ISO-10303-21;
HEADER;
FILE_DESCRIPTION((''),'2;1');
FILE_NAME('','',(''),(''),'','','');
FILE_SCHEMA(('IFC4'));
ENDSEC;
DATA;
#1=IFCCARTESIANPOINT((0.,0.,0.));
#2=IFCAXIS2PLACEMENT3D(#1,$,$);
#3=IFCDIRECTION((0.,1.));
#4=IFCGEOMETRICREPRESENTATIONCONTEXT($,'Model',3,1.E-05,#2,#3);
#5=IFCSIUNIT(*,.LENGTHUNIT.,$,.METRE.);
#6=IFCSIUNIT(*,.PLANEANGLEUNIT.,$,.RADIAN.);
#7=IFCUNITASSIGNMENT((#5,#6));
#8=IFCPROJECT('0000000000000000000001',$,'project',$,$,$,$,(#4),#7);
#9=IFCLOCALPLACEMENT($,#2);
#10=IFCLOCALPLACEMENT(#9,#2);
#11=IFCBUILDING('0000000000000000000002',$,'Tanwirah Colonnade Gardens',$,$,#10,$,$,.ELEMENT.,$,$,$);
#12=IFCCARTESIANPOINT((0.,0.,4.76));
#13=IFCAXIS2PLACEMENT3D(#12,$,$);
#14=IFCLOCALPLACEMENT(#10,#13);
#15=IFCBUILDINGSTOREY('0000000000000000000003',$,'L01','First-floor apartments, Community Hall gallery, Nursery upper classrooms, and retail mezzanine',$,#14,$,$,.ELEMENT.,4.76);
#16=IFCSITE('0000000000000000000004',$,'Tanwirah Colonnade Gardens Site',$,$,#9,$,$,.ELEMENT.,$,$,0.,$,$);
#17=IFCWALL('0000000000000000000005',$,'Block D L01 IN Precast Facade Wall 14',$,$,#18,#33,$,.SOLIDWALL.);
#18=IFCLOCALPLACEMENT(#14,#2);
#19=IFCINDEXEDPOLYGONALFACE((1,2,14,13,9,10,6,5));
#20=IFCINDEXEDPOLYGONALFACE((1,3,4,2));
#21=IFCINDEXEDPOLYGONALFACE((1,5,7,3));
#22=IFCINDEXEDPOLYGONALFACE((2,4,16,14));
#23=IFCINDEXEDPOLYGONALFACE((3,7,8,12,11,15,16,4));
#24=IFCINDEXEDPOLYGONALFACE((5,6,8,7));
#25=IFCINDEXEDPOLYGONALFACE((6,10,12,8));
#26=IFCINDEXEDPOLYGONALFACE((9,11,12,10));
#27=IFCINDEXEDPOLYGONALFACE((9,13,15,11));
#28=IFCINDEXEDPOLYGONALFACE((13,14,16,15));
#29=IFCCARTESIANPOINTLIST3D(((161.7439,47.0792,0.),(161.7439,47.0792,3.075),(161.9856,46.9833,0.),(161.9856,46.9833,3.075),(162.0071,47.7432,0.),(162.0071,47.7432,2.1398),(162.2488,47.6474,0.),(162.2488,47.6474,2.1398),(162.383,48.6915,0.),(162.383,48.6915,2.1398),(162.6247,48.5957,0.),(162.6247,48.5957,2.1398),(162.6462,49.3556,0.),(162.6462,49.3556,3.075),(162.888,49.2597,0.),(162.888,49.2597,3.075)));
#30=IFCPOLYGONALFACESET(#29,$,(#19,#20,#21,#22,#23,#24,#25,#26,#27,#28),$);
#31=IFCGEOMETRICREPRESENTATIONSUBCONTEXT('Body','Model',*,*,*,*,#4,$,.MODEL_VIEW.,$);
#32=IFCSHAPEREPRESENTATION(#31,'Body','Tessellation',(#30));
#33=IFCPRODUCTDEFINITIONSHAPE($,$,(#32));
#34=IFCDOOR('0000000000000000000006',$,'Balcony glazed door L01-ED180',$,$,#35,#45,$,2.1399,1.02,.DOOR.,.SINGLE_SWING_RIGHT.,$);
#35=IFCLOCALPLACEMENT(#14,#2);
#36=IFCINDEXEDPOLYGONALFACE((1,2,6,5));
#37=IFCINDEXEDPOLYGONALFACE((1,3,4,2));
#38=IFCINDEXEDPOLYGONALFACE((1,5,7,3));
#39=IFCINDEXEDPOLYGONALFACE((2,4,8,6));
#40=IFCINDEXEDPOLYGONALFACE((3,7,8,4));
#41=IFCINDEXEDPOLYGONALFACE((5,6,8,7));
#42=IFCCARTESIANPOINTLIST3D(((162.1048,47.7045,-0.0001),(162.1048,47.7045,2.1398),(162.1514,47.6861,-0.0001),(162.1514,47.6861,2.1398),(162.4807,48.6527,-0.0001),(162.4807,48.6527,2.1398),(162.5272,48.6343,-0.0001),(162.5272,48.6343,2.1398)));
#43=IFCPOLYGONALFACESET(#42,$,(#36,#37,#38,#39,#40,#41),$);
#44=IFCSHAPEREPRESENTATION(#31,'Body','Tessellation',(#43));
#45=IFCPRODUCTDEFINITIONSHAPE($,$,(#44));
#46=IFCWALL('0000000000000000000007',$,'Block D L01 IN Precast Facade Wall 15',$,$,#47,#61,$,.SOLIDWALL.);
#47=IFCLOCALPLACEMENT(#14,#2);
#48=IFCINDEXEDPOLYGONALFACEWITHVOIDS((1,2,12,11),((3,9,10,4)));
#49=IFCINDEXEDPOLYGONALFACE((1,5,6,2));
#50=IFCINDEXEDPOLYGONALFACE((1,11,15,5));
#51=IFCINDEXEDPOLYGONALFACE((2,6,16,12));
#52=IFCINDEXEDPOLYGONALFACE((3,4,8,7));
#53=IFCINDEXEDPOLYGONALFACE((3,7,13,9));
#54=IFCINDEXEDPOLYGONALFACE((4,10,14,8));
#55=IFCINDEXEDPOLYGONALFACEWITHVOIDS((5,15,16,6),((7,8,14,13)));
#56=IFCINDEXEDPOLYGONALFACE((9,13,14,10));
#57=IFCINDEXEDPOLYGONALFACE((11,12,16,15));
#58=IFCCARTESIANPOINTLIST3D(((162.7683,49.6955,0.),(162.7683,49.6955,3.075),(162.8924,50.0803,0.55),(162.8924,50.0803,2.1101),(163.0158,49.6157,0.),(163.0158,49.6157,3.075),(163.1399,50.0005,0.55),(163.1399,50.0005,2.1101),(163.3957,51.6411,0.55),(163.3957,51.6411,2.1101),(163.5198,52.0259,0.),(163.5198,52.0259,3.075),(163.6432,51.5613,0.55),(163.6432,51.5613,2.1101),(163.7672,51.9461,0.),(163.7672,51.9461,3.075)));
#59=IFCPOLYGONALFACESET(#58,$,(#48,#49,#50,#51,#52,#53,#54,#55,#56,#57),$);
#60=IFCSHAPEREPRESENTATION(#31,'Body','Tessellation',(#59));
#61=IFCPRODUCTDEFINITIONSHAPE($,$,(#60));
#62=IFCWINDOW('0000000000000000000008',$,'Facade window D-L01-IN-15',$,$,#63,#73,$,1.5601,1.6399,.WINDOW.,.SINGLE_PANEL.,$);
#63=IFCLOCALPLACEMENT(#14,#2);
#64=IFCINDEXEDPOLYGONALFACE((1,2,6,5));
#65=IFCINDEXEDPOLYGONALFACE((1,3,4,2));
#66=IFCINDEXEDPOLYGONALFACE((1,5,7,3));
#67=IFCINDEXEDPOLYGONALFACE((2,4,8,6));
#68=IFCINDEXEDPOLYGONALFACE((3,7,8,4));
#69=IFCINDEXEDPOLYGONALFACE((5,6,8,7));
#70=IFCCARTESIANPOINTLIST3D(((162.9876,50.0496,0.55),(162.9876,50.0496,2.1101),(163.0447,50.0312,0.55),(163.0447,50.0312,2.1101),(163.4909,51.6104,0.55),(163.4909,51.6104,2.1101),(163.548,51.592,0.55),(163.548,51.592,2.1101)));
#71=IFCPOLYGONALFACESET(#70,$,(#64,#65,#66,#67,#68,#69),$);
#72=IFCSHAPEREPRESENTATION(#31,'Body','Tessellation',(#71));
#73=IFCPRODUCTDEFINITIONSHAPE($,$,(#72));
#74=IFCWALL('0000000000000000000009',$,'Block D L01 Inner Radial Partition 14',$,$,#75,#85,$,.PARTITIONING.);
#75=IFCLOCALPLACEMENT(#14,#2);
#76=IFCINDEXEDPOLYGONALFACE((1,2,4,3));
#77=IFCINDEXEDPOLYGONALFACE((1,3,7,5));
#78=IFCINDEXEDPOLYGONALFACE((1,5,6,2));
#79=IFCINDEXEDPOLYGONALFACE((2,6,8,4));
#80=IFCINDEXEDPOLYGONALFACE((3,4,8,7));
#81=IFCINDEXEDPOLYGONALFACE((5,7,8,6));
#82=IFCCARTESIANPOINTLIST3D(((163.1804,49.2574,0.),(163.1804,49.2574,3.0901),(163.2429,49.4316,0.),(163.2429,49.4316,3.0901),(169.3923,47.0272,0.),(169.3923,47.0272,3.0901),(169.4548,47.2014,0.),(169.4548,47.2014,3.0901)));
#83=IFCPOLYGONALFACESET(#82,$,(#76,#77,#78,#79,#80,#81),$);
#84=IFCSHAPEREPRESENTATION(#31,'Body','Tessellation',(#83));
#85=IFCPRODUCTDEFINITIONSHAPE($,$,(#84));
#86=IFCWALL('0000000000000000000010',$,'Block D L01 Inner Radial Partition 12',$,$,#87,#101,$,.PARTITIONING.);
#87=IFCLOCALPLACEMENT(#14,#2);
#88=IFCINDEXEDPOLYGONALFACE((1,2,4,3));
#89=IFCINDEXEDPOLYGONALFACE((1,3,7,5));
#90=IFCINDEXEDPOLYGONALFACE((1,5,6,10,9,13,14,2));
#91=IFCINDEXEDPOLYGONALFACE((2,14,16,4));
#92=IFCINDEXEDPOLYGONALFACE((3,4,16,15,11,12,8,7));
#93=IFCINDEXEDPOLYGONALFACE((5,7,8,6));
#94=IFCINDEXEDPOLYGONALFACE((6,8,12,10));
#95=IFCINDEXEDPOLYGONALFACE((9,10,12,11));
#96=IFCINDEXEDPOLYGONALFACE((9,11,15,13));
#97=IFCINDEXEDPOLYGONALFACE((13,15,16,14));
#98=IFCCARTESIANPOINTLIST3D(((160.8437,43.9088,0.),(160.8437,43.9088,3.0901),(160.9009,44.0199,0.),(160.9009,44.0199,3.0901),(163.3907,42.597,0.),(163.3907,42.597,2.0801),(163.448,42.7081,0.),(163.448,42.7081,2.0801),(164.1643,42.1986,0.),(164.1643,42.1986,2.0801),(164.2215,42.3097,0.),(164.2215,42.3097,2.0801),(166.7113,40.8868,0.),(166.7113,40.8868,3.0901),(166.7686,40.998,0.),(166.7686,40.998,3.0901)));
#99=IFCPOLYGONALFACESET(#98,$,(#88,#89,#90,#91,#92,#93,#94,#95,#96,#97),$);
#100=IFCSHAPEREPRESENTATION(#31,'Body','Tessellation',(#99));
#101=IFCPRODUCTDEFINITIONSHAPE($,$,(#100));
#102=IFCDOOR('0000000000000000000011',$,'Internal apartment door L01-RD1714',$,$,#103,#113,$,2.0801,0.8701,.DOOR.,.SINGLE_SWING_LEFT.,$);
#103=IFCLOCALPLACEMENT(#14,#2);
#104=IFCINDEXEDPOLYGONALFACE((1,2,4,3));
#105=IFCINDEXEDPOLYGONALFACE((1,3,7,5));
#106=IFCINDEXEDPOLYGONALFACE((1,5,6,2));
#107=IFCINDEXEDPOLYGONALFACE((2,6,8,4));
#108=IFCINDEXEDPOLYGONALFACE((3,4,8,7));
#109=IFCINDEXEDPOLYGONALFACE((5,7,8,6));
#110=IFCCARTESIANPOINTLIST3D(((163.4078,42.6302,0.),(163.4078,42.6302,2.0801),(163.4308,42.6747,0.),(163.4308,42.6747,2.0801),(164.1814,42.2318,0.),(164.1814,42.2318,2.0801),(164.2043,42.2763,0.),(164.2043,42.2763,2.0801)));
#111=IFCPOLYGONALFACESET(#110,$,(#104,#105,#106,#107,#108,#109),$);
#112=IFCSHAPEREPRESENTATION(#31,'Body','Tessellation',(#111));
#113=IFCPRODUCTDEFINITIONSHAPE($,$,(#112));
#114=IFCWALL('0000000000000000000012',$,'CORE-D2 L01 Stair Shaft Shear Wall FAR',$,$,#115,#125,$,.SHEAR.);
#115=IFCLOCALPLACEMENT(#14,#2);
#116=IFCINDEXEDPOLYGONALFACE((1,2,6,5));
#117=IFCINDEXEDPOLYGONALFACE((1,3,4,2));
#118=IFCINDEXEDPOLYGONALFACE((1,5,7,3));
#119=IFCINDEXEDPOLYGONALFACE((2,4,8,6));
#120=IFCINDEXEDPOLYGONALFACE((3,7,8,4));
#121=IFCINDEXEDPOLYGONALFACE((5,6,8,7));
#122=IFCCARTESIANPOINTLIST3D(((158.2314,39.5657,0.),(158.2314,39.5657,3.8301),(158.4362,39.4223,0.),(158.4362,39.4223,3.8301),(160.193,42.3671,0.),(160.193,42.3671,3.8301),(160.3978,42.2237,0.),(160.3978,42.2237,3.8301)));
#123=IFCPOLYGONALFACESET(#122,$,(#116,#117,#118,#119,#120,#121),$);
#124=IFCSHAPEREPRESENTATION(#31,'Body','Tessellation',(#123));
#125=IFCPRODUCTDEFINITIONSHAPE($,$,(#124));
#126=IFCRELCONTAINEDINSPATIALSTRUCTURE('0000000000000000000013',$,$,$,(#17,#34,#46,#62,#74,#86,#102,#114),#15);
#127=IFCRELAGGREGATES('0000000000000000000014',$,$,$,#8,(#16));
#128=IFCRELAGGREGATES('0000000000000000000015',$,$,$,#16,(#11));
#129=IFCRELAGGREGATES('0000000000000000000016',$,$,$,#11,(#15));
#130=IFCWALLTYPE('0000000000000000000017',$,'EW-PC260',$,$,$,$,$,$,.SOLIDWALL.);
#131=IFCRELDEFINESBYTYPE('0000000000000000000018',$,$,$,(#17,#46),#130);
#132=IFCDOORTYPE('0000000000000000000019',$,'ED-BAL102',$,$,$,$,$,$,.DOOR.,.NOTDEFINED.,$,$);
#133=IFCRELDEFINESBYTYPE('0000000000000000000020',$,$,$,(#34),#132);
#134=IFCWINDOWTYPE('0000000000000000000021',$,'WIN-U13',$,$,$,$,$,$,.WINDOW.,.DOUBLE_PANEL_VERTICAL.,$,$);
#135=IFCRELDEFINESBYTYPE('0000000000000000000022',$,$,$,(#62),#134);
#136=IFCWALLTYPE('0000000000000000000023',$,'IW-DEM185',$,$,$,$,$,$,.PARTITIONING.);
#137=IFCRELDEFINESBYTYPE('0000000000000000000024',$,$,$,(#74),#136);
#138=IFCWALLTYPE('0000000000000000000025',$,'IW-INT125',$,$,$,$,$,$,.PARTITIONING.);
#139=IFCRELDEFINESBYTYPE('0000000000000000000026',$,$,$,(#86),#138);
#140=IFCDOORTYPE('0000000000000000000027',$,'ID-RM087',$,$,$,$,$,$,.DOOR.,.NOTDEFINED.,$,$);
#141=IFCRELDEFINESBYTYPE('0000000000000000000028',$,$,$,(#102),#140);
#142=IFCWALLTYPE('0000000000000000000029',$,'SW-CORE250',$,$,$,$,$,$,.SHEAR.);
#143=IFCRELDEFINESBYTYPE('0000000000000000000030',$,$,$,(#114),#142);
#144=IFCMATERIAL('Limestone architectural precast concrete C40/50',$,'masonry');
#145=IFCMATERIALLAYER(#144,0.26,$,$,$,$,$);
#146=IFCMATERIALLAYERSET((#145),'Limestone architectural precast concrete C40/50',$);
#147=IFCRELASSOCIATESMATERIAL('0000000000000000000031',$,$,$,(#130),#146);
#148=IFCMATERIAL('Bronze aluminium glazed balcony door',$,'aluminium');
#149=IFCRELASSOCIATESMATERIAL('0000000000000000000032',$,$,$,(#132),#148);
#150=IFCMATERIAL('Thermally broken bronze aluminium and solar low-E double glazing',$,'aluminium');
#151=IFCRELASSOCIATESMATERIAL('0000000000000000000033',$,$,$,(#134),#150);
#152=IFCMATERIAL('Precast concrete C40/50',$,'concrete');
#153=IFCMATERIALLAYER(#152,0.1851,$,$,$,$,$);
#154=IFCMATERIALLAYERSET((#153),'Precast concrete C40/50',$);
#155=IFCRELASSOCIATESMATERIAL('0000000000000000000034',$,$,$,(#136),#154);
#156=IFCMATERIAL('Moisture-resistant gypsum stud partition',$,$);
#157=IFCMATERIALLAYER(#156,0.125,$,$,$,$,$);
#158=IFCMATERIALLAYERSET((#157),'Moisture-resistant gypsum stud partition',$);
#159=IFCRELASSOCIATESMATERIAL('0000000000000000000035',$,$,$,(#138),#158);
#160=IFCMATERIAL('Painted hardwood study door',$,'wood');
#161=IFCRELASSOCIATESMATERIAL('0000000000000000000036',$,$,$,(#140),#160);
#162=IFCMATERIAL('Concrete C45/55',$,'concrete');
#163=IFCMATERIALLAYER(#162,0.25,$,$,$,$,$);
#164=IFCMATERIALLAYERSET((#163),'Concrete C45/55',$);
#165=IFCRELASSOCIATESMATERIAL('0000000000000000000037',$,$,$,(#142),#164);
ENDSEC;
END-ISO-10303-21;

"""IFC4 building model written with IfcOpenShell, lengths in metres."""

from ifc_helpers import new_model, si_unit, direction, frame, frame_2d, origin, place, context, subcontext, project, spatial, rectangle, extrude, material, layer, layer_set, type_object, element, fill, save


model = new_model("IFC4")

# Units and contexts
model_context = context("Model", 3, precision=1e-05, world=origin(), true_north=direction((0.0, 1.0)))
body_context = subcontext(model_context, "Body", "Model", "MODEL_VIEW")
ifc_project = project(units=[si_unit("LENGTHUNIT", "METRE"), si_unit("PLANEANGLEUNIT", "RADIAN")], contexts=[model_context])

# Site, building, storey
site_placement = place(None, origin())
site = spatial("IfcSite", under=ifc_project, at=site_placement, Name="Tanwirah Colonnade Gardens Site", CompositionType="ELEMENT", RefElevation=0.0)
building_placement = place(site_placement, origin())
building = spatial("IfcBuilding", under=site, at=building_placement, Name="Tanwirah Colonnade Gardens", CompositionType="ELEMENT")
storey_placement = place(building_placement, frame((0.0, 0.0, 4.76)))
storey = spatial("IfcBuildingStorey", under=building, at=storey_placement, Name="L01", Description="First-floor apartments, Community Hall gallery, Nursery upper classrooms, and retail mezzanine", CompositionType="ELEMENT", Elevation=4.76)

# Shared definitions
ifc_material_1 = material(Name="Precast concrete C40/50", Category="concrete")

# Shared definitions
ifc_material_2 = material(Name="Limestone architectural precast concrete C40/50", Category="masonry")
ifc_layer_1 = layer(ifc_material_2, 0.26)
ifc_layer_set_1 = layer_set([ifc_layer_1], Name="Limestone architectural precast concrete C40/50")
wall_type_1 = type_object("IfcWallType", Name="EW-PC260", PredefinedType="SOLIDWALL", material=ifc_layer_set_1)
ifc_material_3 = material(Name="Thermally broken bronze aluminium and solar low-E double glazing", Category="aluminium")

# Wall, opening, door
wall_1_placement = place(storey_placement, frame((161.8647, 47.0312, 0.0), z_axis=(0.0, 0.0, 1.0), x_axis=(0.368501, 0.929627, 0.0)))
wall_1 = element("IfcWall", 1, at=wall_1_placement, inside=storey, type_object=wall_type_1, Name="Block D L01 IN Precast Facade Wall 14", PredefinedType="SOLIDWALL", context=body_context, shape_type="SweptSolid", body=[
    extrude(rectangle(XDim=2.4487, YDim=0.26, at=frame_2d((1.2244, 0.0))), origin(), (0.0, 0.0, 1.0), 3.075),
])
opening_1_placement = place(wall_1_placement, frame((0.7144, 0.0, 0.0)))
opening_1 = element("IfcOpeningElement", 2, at=opening_1_placement, cuts=wall_1, PredefinedType="OPENING", context=body_context, shape_type="SweptSolid", body=[
    extrude(rectangle(XDim=1.02, YDim=2.1399, at=frame_2d((0.51, 1.0698))), frame((0.0, 0.1399, 0.0), z_axis=(0.0, -1.0, 0.0), x_axis=(1.0, 0.0, 0.0)), (0.0, 0.0, 1.0), 0.28),
])
ifc_material_4 = material(Name="Bronze aluminium glazed balcony door", Category="aluminium")
door_type_1 = type_object("IfcDoorType", Name="ED-BAL102", OperationType="NOTDEFINED", PredefinedType="DOOR", material=ifc_material_4)
door_1_placement = place(opening_1_placement, origin())
door_1 = element("IfcDoor", 3, at=door_1_placement, inside=storey, type_object=door_type_1, Name="Balcony glazed door L01-ED180", OperationType="SINGLE_SWING_RIGHT", OverallHeight=2.1399, OverallWidth=1.02, PredefinedType="DOOR", context=body_context, shape_type="SweptSolid", body=[
    extrude(rectangle(XDim=1.02, YDim=2.1399, at=frame_2d((0.51, 1.0698))), frame((0.0, 0.0249, 0.0), z_axis=(0.0, -1.0, 0.0), x_axis=(1.0, 0.0, 0.0)), (0.0, 0.0, 1.0), 0.05),
])
fill(opening_1, door_1)

# Wall, opening, window
wall_2_placement = place(storey_placement, frame((162.8921, 49.6558, 0.0), z_axis=(0.0, 0.0, 1.0), x_axis=(0.30691, 0.951739, 0.0)))
wall_2 = element("IfcWall", 4, at=wall_2_placement, inside=storey, type_object=wall_type_1, Name="Block D L01 IN Precast Facade Wall 15", PredefinedType="SOLIDWALL", context=body_context, shape_type="SweptSolid", body=[
    extrude(rectangle(XDim=2.4485, YDim=0.26, at=frame_2d((1.2241, 0.0))), origin(), (0.0, 0.0, 1.0), 3.075),
])
opening_2_placement = place(wall_2_placement, frame((0.4043, 0.0, 0.55)))
opening_2 = element("IfcOpeningElement", 5, at=opening_2_placement, cuts=wall_2, PredefinedType="OPENING", context=body_context, shape_type="SweptSolid", body=[
    extrude(rectangle(XDim=1.6399, YDim=1.5601, at=frame_2d((0.8198, 0.78))), frame((0.0, 0.1399, 0.0), z_axis=(0.0, -1.0, 0.0), x_axis=(1.0, 0.0, 0.0)), (0.0, 0.0, 1.0), 0.28),
])
window_type_1 = type_object("IfcWindowType", Name="WIN-U13", PartitioningType="DOUBLE_PANEL_VERTICAL", PredefinedType="WINDOW", material=ifc_material_3)
window_1_placement = place(opening_2_placement, origin())
window_1 = element("IfcWindow", 6, at=window_1_placement, inside=storey, type_object=window_type_1, Name="Facade window D-L01-IN-15", OverallHeight=1.5601, OverallWidth=1.6399, PartitioningType="SINGLE_PANEL", PredefinedType="WINDOW", context=body_context, shape_type="SweptSolid", body=[
    extrude(rectangle(XDim=1.6399, YDim=1.5601, at=frame_2d((0.8198, 0.78))), frame((0.0, 0.03, 0.0), z_axis=(0.0, -1.0, 0.0), x_axis=(1.0, 0.0, 0.0)), (0.0, 0.0, 1.0), 0.0601),
])
fill(opening_2, window_1)

# Wall
ifc_layer_2 = layer(ifc_material_1, 0.1851)
ifc_layer_set_2 = layer_set([ifc_layer_2], Name="Precast concrete C40/50")
wall_type_2 = type_object("IfcWallType", Name="IW-DEM185", PredefinedType="PARTITIONING", material=ifc_layer_set_2)
wall_3_placement = place(storey_placement, frame((163.2117, 49.3445, 0.0), z_axis=(0.0, 0.0, 1.0), x_axis=(0.94118, -0.337906, 0.0)))
element("IfcWall", 7, at=wall_3_placement, inside=storey, type_object=wall_type_2, Name="Block D L01 Inner Radial Partition 14", PredefinedType="PARTITIONING", context=body_context, shape_type="SweptSolid", body=[
    extrude(rectangle(XDim=6.6001, YDim=0.1851, at=frame_2d((3.3, 0.0))), origin(), (0.0, 0.0, 1.0), 3.0901),
])

# Wall, opening, door
ifc_material_5 = material(Name="Moisture-resistant gypsum stud partition")
ifc_layer_3 = layer(ifc_material_5, 0.125)
ifc_layer_set_3 = layer_set([ifc_layer_3], Name="Moisture-resistant gypsum stud partition")
wall_type_3 = type_object("IfcWallType", Name="IW-INT125", PredefinedType="PARTITIONING", material=ifc_layer_set_3)
wall_4_placement = place(storey_placement, frame((160.8723, 43.9644, 0.0), z_axis=(0.0, 0.0, 1.0), x_axis=(0.889022, -0.457864, 0.0)))
wall_4 = element("IfcWall", 8, at=wall_4_placement, inside=storey, type_object=wall_type_3, Name="Block D L01 Inner Radial Partition 12", PredefinedType="PARTITIONING", context=body_context, shape_type="SweptSolid", body=[
    extrude(rectangle(XDim=6.6001, YDim=0.125, at=frame_2d((3.3, 0.0))), origin(), (0.0, 0.0, 1.0), 3.0901),
])
opening_3_placement = place(wall_4_placement, frame((2.865, 0.0, 0.0)))
opening_3 = element("IfcOpeningElement", 9, at=opening_3_placement, cuts=wall_4, PredefinedType="OPENING", context=body_context, shape_type="SweptSolid", body=[
    extrude(rectangle(XDim=0.8701, YDim=2.0801, at=frame_2d((0.4351, 1.04))), frame((0.0, 0.0725, 0.0), z_axis=(0.0, -1.0, 0.0), x_axis=(1.0, 0.0, 0.0)), (0.0, 0.0, 1.0), 0.145),
])
ifc_material_6 = material(Name="Painted hardwood study door", Category="wood")
door_type_2 = type_object("IfcDoorType", Name="ID-RM087", OperationType="NOTDEFINED", PredefinedType="DOOR", material=ifc_material_6)
door_2_placement = place(opening_3_placement, origin())
door_2 = element("IfcDoor", 10, at=door_2_placement, inside=storey, type_object=door_type_2, Name="Internal apartment door L01-RD1714", OperationType="SINGLE_SWING_LEFT", OverallHeight=2.0801, OverallWidth=0.8701, PredefinedType="DOOR", context=body_context, shape_type="SweptSolid", body=[
    extrude(rectangle(XDim=0.8701, YDim=2.0801, at=frame_2d((0.4351, 1.04))), frame((0.0, 0.0249, 0.0), z_axis=(0.0, -1.0, 0.0), x_axis=(1.0, 0.0, 0.0)), (0.0, 0.0, 1.0), 0.05),
])
fill(opening_3, door_2)

# Wall
ifc_material_7 = material(Name="Concrete C45/55", Category="concrete")
ifc_layer_4 = layer(ifc_material_7, 0.25)
ifc_layer_set_4 = layer_set([ifc_layer_4], Name="Concrete C45/55")
wall_type_4 = type_object("IfcWallType", Name="SW-CORE250", PredefinedType="SHEAR", material=ifc_layer_set_4)
wall_5_placement = place(storey_placement, frame((160.2954, 42.2954, 0.0), z_axis=(0.0, 0.0, 1.0), x_axis=(-0.573582, -0.819148, 0.0)))
element("IfcWall", 11, at=wall_5_placement, inside=storey, type_object=wall_type_4, Name="CORE-D2 L01 Stair Shaft Shear Wall FAR", PredefinedType="SHEAR", context=body_context, shape_type="SweptSolid", body=[
    extrude(rectangle(XDim=3.4199, YDim=0.25, at=frame_2d((1.71, 0.0))), origin(), (0.0, 0.0, 1.0), 3.8301),
])

save(model, "model.ifc")
